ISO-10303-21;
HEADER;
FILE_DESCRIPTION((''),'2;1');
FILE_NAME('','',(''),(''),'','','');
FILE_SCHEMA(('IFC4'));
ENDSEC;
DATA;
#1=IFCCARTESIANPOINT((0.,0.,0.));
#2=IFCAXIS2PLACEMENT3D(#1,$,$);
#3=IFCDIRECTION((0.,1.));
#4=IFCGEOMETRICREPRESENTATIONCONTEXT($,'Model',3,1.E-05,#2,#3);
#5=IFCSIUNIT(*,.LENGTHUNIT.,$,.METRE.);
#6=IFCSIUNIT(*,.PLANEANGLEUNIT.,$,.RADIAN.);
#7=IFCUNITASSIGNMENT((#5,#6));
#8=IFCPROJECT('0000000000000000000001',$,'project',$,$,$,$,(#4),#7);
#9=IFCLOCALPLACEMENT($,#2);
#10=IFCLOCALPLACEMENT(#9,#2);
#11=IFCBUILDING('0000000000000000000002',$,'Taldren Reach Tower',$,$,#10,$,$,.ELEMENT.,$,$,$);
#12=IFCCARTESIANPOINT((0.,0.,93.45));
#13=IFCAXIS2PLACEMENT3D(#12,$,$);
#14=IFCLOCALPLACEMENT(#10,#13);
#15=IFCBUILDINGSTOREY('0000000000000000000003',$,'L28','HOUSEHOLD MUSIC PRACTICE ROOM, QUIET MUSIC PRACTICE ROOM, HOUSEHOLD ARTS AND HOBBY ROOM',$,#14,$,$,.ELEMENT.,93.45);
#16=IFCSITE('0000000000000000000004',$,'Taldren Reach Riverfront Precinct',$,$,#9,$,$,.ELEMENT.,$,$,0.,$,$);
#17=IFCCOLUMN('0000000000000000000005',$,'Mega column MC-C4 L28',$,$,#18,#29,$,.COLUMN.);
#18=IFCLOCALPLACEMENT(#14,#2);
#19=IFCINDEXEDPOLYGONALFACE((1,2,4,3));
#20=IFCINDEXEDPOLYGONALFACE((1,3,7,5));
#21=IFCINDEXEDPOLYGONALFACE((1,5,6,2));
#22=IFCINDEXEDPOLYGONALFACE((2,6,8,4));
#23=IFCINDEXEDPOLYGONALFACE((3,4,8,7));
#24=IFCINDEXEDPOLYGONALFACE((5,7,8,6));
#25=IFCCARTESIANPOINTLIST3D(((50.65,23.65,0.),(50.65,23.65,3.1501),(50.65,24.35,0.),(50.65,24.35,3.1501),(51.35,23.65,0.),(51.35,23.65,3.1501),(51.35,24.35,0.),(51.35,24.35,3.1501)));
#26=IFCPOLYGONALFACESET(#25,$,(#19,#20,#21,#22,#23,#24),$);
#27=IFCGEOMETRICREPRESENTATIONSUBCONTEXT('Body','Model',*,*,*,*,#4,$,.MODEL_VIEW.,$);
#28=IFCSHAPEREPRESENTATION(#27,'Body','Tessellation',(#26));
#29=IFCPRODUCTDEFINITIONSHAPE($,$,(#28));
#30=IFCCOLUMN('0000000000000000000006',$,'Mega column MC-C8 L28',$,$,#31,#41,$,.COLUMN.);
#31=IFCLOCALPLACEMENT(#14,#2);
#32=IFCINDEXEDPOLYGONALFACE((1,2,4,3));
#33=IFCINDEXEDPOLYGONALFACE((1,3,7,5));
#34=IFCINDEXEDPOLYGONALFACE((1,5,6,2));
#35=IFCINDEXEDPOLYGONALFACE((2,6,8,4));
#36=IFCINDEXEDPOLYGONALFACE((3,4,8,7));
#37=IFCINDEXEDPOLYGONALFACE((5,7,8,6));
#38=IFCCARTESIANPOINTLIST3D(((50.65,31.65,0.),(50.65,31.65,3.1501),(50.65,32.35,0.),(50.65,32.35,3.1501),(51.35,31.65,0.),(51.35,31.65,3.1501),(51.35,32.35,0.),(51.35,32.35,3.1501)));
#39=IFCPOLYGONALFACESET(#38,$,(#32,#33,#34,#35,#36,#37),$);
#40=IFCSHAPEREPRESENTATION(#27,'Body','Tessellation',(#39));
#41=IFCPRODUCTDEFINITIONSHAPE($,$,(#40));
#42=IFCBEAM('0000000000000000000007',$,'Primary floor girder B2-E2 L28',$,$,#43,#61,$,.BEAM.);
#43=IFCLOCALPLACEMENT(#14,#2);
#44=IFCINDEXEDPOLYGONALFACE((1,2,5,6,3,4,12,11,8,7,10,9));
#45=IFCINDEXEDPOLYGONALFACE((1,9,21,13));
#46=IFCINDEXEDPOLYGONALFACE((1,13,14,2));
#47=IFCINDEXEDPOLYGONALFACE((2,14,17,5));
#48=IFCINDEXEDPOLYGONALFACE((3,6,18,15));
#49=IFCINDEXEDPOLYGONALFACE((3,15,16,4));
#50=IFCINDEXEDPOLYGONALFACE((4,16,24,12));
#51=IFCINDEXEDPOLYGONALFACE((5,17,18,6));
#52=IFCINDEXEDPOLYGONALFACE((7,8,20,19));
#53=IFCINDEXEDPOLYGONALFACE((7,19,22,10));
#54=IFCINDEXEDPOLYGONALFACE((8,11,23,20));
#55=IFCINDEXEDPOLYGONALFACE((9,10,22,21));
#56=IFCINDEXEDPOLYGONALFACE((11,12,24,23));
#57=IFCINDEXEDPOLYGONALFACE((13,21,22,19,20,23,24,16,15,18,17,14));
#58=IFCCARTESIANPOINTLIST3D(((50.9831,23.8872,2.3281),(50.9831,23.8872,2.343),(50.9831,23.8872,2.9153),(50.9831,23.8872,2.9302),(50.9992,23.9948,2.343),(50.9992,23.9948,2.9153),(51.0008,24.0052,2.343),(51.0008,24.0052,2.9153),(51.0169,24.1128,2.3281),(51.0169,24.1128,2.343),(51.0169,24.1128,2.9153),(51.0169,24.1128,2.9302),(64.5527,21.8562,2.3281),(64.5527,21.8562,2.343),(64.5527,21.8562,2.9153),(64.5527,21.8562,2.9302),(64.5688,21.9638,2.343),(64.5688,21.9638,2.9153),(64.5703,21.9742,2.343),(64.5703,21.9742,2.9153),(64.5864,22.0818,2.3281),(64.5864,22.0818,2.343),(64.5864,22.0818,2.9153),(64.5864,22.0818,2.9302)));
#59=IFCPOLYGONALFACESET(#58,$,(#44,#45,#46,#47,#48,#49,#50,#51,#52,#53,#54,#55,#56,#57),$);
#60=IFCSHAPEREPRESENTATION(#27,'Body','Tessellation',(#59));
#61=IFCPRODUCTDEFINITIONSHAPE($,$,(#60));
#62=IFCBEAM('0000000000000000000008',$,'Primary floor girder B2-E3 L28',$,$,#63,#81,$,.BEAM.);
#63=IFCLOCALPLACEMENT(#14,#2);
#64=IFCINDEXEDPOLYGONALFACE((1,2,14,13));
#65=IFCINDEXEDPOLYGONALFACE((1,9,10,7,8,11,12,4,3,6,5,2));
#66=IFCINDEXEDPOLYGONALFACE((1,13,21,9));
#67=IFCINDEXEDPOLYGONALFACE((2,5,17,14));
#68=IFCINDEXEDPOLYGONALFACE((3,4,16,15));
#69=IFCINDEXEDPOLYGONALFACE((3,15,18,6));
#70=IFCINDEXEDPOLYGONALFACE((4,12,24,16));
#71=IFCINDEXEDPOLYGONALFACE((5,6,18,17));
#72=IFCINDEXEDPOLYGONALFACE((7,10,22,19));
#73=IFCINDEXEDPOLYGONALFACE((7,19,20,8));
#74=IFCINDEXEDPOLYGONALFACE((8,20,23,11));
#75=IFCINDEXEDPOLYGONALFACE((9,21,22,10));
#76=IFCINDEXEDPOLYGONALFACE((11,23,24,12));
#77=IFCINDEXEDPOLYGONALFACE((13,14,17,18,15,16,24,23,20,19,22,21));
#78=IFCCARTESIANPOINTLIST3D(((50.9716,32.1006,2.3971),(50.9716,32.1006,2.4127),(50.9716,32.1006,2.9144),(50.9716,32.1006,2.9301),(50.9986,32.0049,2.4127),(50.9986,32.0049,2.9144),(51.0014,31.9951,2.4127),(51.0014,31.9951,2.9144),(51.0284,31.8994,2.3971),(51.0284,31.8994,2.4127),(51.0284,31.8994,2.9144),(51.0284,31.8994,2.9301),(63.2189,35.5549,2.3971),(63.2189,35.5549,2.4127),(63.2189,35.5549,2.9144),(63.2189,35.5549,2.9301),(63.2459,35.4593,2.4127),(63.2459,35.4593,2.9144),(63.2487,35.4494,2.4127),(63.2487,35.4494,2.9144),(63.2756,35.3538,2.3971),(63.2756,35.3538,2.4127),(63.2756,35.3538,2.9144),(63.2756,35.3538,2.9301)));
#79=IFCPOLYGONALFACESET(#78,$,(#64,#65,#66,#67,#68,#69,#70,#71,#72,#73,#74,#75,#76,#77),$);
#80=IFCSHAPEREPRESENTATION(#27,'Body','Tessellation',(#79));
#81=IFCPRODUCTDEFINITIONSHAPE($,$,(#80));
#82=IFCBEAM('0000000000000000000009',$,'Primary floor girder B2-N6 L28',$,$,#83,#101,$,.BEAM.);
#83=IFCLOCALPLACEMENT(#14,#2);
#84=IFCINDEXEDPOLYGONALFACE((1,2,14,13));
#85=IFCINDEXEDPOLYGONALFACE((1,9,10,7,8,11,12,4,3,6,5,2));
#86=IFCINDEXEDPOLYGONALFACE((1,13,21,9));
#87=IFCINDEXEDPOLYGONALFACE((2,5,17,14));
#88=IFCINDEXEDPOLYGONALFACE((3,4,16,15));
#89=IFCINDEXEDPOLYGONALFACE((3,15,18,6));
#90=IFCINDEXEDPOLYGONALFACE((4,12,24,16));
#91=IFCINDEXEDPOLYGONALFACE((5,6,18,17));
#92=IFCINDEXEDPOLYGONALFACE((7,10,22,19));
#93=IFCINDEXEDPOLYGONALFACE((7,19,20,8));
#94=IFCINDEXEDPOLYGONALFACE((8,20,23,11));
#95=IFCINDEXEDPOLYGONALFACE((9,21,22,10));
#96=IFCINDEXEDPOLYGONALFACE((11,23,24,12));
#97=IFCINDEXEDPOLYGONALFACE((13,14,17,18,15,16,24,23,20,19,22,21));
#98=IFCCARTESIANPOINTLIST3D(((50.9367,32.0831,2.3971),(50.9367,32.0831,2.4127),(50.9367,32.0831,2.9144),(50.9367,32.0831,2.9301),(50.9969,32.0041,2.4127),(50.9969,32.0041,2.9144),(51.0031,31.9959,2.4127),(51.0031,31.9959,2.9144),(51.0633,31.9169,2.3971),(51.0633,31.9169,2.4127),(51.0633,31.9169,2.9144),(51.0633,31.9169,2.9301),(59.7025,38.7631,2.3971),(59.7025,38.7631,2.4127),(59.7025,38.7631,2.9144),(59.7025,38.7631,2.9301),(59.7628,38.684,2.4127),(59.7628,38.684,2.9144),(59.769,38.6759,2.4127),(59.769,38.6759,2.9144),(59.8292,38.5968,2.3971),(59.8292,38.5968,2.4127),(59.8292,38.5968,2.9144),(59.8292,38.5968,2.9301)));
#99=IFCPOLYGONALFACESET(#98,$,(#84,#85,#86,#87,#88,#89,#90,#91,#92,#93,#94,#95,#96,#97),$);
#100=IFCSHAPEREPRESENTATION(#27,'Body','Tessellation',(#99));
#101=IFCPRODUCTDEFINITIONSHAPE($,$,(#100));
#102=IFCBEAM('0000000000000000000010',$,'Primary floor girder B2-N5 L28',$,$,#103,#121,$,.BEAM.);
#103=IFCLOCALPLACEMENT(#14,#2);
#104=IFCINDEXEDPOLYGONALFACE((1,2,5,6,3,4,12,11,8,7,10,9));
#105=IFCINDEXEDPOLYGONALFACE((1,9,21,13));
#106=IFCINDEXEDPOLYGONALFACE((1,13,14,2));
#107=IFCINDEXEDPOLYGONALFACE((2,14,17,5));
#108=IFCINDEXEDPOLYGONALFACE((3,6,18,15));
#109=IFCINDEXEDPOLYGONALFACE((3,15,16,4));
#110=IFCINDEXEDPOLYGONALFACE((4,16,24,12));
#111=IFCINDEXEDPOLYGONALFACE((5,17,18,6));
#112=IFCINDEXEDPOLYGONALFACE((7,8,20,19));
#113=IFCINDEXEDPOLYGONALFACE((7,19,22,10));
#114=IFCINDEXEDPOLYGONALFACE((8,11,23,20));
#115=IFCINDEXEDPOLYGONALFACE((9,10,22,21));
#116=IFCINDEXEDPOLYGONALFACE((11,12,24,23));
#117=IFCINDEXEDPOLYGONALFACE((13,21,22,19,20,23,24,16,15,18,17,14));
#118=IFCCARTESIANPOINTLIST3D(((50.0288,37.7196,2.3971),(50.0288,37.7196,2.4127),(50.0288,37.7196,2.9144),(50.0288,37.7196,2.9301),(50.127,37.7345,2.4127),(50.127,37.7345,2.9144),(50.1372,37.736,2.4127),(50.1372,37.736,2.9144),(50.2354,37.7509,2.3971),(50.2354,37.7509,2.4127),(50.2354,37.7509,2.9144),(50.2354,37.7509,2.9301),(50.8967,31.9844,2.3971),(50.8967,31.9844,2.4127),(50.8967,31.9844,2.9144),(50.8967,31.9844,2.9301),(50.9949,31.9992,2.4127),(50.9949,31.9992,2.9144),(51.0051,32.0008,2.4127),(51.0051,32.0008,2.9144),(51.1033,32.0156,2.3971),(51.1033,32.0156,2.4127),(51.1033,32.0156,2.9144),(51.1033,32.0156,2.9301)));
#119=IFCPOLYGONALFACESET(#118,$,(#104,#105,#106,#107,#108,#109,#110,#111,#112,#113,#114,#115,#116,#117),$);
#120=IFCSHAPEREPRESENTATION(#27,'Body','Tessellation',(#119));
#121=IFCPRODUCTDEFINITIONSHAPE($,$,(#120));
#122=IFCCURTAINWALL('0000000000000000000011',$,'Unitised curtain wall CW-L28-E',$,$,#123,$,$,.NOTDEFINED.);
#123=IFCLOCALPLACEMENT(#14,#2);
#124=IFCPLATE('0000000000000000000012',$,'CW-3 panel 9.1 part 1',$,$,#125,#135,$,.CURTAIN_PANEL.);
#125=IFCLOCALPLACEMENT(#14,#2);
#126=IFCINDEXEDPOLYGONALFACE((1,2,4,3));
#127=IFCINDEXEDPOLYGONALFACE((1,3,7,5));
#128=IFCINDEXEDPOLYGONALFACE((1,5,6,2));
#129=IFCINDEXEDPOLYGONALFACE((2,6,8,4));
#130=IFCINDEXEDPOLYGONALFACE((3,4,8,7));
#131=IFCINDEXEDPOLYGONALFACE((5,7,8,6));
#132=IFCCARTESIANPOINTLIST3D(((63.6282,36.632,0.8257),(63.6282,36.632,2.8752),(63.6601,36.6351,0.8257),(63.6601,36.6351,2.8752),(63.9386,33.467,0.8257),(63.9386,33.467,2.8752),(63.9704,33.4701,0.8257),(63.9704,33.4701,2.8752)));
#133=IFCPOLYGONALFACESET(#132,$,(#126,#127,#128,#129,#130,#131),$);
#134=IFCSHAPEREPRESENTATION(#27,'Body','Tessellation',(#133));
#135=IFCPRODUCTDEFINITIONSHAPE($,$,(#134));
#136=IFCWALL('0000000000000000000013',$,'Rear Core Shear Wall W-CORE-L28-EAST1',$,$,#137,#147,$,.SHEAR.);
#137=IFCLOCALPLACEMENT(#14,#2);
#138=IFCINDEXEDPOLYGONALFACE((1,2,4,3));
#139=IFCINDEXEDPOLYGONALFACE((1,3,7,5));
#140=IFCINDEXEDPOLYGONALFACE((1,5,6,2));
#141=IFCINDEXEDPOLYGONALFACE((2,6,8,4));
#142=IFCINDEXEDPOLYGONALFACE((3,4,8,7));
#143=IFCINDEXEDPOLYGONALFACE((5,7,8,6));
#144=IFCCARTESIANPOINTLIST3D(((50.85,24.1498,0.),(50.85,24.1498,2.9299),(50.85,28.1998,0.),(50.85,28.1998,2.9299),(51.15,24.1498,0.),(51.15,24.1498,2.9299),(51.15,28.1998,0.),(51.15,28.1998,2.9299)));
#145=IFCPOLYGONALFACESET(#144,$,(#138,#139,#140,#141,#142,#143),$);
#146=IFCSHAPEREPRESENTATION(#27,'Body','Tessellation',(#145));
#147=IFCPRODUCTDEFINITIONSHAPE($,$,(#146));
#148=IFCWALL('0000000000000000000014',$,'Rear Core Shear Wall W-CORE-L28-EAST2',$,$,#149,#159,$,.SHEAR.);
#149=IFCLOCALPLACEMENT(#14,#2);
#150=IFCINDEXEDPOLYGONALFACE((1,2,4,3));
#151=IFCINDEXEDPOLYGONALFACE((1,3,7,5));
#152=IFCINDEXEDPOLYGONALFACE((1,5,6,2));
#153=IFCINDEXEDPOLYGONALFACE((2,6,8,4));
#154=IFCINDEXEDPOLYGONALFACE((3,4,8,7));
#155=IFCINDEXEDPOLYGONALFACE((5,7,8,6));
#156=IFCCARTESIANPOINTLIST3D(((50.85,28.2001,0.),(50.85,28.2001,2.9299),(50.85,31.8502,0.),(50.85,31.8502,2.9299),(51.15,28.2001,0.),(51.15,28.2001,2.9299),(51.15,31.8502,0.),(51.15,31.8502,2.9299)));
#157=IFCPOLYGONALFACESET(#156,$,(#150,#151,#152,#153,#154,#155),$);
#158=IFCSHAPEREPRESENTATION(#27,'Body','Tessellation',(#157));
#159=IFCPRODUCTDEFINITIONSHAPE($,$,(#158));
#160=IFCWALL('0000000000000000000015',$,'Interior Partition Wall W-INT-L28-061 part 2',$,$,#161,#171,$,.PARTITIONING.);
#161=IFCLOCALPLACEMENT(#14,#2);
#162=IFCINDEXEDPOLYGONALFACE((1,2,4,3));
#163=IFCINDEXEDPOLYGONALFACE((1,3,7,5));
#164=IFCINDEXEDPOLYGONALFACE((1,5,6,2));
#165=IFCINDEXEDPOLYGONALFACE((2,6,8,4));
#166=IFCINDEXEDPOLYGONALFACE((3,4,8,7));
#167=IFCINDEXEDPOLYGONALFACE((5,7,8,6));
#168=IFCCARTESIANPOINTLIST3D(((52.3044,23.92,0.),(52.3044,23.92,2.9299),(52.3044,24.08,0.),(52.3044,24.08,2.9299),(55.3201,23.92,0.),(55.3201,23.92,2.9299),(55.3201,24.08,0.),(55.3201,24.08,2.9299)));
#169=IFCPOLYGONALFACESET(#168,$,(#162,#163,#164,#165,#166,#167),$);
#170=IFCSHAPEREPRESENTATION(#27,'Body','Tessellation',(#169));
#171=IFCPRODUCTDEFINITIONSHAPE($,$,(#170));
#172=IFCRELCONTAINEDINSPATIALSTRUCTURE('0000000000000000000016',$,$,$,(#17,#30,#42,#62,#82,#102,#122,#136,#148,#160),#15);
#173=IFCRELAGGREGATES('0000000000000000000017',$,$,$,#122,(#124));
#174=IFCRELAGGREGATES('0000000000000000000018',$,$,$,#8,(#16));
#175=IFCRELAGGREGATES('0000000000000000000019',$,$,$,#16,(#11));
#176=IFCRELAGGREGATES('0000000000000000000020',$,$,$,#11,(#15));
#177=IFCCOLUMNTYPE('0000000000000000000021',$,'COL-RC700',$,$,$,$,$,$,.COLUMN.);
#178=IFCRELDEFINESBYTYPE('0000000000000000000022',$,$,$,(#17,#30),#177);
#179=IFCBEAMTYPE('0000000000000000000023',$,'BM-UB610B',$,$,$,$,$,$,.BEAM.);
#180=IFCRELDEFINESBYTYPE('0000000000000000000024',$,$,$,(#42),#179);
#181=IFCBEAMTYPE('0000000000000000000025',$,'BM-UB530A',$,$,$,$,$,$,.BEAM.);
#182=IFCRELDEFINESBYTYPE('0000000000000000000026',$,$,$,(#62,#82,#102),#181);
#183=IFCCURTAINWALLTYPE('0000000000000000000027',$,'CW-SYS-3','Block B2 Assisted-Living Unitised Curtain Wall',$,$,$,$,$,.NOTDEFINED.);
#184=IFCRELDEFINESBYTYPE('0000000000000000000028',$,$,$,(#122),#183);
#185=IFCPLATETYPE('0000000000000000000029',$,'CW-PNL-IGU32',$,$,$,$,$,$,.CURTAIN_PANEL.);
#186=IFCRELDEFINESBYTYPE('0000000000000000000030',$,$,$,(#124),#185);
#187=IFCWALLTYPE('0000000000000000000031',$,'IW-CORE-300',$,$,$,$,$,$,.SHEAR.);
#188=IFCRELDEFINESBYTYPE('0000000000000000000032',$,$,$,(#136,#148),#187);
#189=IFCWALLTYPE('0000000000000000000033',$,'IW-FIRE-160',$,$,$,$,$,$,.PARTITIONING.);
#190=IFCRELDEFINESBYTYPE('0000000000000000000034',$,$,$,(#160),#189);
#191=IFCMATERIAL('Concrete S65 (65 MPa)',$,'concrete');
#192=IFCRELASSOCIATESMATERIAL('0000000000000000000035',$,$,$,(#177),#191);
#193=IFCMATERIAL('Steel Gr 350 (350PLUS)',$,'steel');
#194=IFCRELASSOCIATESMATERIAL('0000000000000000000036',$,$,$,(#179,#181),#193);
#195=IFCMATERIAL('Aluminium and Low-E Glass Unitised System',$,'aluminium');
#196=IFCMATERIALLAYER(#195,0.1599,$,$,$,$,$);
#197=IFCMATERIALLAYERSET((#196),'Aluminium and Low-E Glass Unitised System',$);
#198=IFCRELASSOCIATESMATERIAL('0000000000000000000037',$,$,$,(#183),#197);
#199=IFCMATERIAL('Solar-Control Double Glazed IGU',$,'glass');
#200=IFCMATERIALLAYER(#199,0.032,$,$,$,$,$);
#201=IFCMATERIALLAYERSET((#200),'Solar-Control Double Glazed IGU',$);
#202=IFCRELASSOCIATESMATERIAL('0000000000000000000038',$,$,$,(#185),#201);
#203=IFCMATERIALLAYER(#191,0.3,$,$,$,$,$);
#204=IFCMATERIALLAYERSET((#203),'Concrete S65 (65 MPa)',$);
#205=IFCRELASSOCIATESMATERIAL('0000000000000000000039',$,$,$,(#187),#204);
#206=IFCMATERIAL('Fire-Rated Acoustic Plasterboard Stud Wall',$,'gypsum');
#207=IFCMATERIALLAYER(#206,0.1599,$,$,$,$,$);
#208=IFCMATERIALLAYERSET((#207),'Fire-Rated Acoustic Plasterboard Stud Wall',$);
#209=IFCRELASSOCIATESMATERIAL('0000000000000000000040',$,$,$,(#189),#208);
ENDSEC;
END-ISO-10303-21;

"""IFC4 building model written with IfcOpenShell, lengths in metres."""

from ifc_helpers import new_model, si_unit, direction, frame, frame_2d, origin, origin_2d, place, context, subcontext, project, spatial, rectangle, i_section, extrude, source, transform, mapped, material, layer, layer_set, material_profile, profile_set, type_object, element, aggregate, save


model = new_model("IFC4")

# Units and contexts
model_context = context("Model", 3, precision=1e-05, world=origin(), true_north=direction((0.0, 1.0)))
body_context = subcontext(model_context, "Body", "Model", "MODEL_VIEW")
ifc_project = project(units=[si_unit("LENGTHUNIT", "METRE"), si_unit("PLANEANGLEUNIT", "RADIAN")], contexts=[model_context])

# Site, building, storey
site_placement = place(None, origin())
site = spatial("IfcSite", under=ifc_project, at=site_placement, Name="Taldren Reach Riverfront Precinct", CompositionType="ELEMENT", RefElevation=0.0)
building_placement = place(site_placement, origin())
building = spatial("IfcBuilding", under=site, at=building_placement, Name="Taldren Reach Tower", CompositionType="ELEMENT")
storey_placement = place(building_placement, frame((0.0, 0.0, 93.45)))
storey = spatial("IfcBuildingStorey", under=building, at=storey_placement, Name="L28", Description="HOUSEHOLD MUSIC PRACTICE ROOM, QUIET MUSIC PRACTICE ROOM, HOUSEHOLD ARTS AND HOBBY ROOM", CompositionType="ELEMENT", Elevation=93.45)

# Columns
ifc_material_1 = material(Name="Concrete S65 (65 MPa)", Category="concrete")
ifc_material_profile_1 = material_profile(ifc_material_1, rectangle(XDim=0.7, YDim=0.7, at=origin_2d()), Name="RC-700x700")
ifc_profile_set_1 = profile_set([ifc_material_profile_1], Name="Concrete S65 (65 MPa)")
column_type = type_object("IfcColumnType", Name="COL-RC700", PredefinedType="COLUMN", material=ifc_profile_set_1)
shared_shape_1 = source(origin(), body_context, "Body", "SweptSolid", [
    extrude(rectangle(XDim=0.7, YDim=0.7, at=origin_2d()), origin(), (0.0, 0.0, 1.0), 3.1501),
])
for number, where, z_axis, x_axis, name in (
    (1, (51.0, 24.0, 0.0), (0.0, 0.0, 1.0), (1.0, 0.0, 0.0), "Mega column MC-C4 L28"),
    (2, (51.0, 32.0, 0.0), (0.0, 0.0, 1.0), (1.0, 0.0, 0.0), "Mega column MC-C8 L28"),
):
    element("IfcColumn", number, at=place(storey_placement, frame(where, z_axis=z_axis, x_axis=x_axis)), inside=storey, type_object=column_type, Name=name, PredefinedType="COLUMN", context=body_context, shape_type="MappedRepresentation", body=[
        mapped(shared_shape_1, transform((0.0, 0.0, 0.0), scale=1.0)),
    ])

# Beams
ifc_material_2 = material(Name="Steel Gr 350 (350PLUS)", Category="steel")
ifc_material_profile_2 = material_profile(ifc_material_2, i_section(OverallWidth=0.228, OverallDepth=0.6021, WebThickness=0.0105, FlangeThickness=0.0149, at=origin_2d()), Name="610UB101")
ifc_profile_set_2 = profile_set([ifc_material_profile_2], Name="Steel Gr 350 (350PLUS)")
beam_type_1 = type_object("IfcBeamType", Name="BM-UB610B", PredefinedType="BEAM", material=ifc_profile_set_2)
shared_shape_2 = source(origin(), body_context, "Body", "SweptSolid", [
    extrude(i_section(OverallWidth=0.228, OverallDepth=0.6021, WebThickness=0.0105, FlangeThickness=0.0149, at=origin_2d()), origin(), (0.0, 0.0, 1.0), 13.7207),
])
beam_1_placement = place(storey_placement, frame((51.0, 24.0, 2.6292), z_axis=(0.988984, -0.148025, 0.0), x_axis=(0.148025, 0.988984, 0.0)))
element("IfcBeam", 3, at=beam_1_placement, inside=storey, type_object=beam_type_1, Name="Primary floor girder B2-E2 L28", PredefinedType="BEAM", context=body_context, shape_type="MappedRepresentation", body=[
    mapped(shared_shape_2, transform((0.0, 0.0, 0.0), scale=1.0)),
])
ifc_material_profile_3 = material_profile(ifc_material_2, i_section(OverallWidth=0.209, OverallDepth=0.533, WebThickness=0.0103, FlangeThickness=0.0156, at=origin_2d()), Name="530UB92.4")
ifc_profile_set_3 = profile_set([ifc_material_profile_3], Name="Steel Gr 350 (350PLUS)")
beam_type_2 = type_object("IfcBeamType", Name="BM-UB530A", PredefinedType="BEAM", material=ifc_profile_set_3)
shared_shape_3 = source(origin(), body_context, "Body", "SweptSolid", [
    extrude(i_section(OverallWidth=0.209, OverallDepth=0.533, WebThickness=0.0103, FlangeThickness=0.0156, at=origin_2d()), origin(), (0.0, 0.0, 1.0), 12.7251),
])
beam_2_placement = place(storey_placement, frame((51.0, 32.0, 2.6636), z_axis=(0.96245, 0.271458, 0.0), x_axis=(-0.271458, 0.96245, 0.0)))
element("IfcBeam", 4, at=beam_2_placement, inside=storey, type_object=beam_type_2, Name="Primary floor girder B2-E3 L28", PredefinedType="BEAM", context=body_context, shape_type="MappedRepresentation", body=[
    mapped(shared_shape_3, transform((0.0, 0.0, 0.0), scale=1.0)),
])
shared_shape_4 = source(origin(), body_context, "Body", "SweptSolid", [
    extrude(i_section(OverallWidth=0.209, OverallDepth=0.533, WebThickness=0.0103, FlangeThickness=0.0156, at=origin_2d()), origin(), (0.0, 0.0, 1.0), 11.021),
])
beam_3_placement = place(storey_placement, frame((51.0, 32.0, 2.6636), z_axis=(0.79538, 0.606111, 0.0), x_axis=(-0.606111, 0.79538, 0.0)))
element("IfcBeam", 5, at=beam_3_placement, inside=storey, type_object=beam_type_2, Name="Primary floor girder B2-N6 L28", PredefinedType="BEAM", context=body_context, shape_type="MappedRepresentation", body=[
    mapped(shared_shape_4, transform((0.0, 0.0, 0.0), scale=1.0)),
])
shared_shape_5 = source(origin(), body_context, "Body", "SweptSolid", [
    extrude(i_section(OverallWidth=0.209, OverallDepth=0.533, WebThickness=0.0103, FlangeThickness=0.0156, at=origin_2d()), origin(), (0.0, 0.0, 1.0), 5.8005),
])
beam_4_placement = place(storey_placement, frame((51.0, 32.0, 2.6636), z_axis=(-0.149625, 0.988743, 0.0), x_axis=(-0.988743, -0.149625, 0.0)))
element("IfcBeam", 6, at=beam_4_placement, inside=storey, type_object=beam_type_2, Name="Primary floor girder B2-N5 L28", PredefinedType="BEAM", context=body_context, shape_type="MappedRepresentation", body=[
    mapped(shared_shape_5, transform((0.0, 0.0, 0.0), scale=1.0)),
])

# Curtain wall, plate
ifc_material_3 = material(Name="Aluminium and Low-E Glass Unitised System", Category="aluminium")
ifc_layer_1 = layer(ifc_material_3, 0.1599)
ifc_layer_set_1 = layer_set([ifc_layer_1], Name="Aluminium and Low-E Glass Unitised System")
curtain_wall_type = type_object("IfcCurtainWallType", Name="CW-SYS-3", Description="Block B2 Assisted-Living Unitised Curtain Wall", PredefinedType="NOTDEFINED", material=ifc_layer_set_1)
curtain_wall_placement = place(storey_placement, origin())
curtain_wall = element("IfcCurtainWall", 7, at=curtain_wall_placement, inside=storey, type_object=curtain_wall_type, Name="Unitised curtain wall CW-L28-E", PredefinedType="NOTDEFINED")
ifc_material_4 = material(Name="Solar-Control Double Glazed IGU", Category="glass")
ifc_layer_2 = layer(ifc_material_4, 0.032)
ifc_layer_set_2 = layer_set([ifc_layer_2], Name="Solar-Control Double Glazed IGU")
plate_type = type_object("IfcPlateType", Name="CW-PNL-IGU32", PredefinedType="CURTAIN_PANEL", material=ifc_layer_set_2)
shared_shape_6 = source(origin(), body_context, "Body", "SweptSolid", [
    extrude(rectangle(XDim=3.1802, YDim=0.032, at=origin_2d()), origin(), (0.0, 0.0, 1.0), 2.0496),
])
plate_placement = place(storey_placement, frame((63.7993, 35.051, 0.8257), z_axis=(0.0, 0.0, 1.0), x_axis=(-0.097583, 0.995227, 0.0)))
plate = element("IfcPlate", 8, at=plate_placement, type_object=plate_type, Name="CW-3 panel 9.1 part 1", PredefinedType="CURTAIN_PANEL", context=body_context, shape_type="MappedRepresentation", body=[
    mapped(shared_shape_6, transform((0.0, 0.0, 0.0), scale=1.0)),
])
aggregate(curtain_wall, [plate])

# Walls
ifc_layer_3 = layer(ifc_material_1, 0.3)
ifc_layer_set_3 = layer_set([ifc_layer_3], Name="Concrete S65 (65 MPa)")
wall_type_1 = type_object("IfcWallType", Name="IW-CORE-300", PredefinedType="SHEAR", material=ifc_layer_set_3)
shared_shape_7 = source(origin(), body_context, "Body", "SweptSolid", [
    extrude(rectangle(XDim=4.05, YDim=0.3, at=frame_2d((2.0249, 0.0))), origin(), (0.0, 0.0, 1.0), 2.9299),
])
wall_1_placement = place(storey_placement, frame((51.0, 24.1499, 0.0), z_axis=(0.0, 0.0, 1.0), x_axis=(0.0, 1.0, 0.0)))
element("IfcWall", 9, at=wall_1_placement, inside=storey, type_object=wall_type_1, Name="Rear Core Shear Wall W-CORE-L28-EAST1", PredefinedType="SHEAR", context=body_context, shape_type="MappedRepresentation", body=[
    mapped(shared_shape_7, transform((0.0, 0.0, 0.0), scale=1.0)),
])
shared_shape_8 = source(origin(), body_context, "Body", "SweptSolid", [
    extrude(rectangle(XDim=3.6501, YDim=0.3, at=frame_2d((1.8252, 0.0))), origin(), (0.0, 0.0, 1.0), 2.9299),
])
wall_2_placement = place(storey_placement, frame((51.0, 28.2, 0.0), z_axis=(0.0, 0.0, 1.0), x_axis=(0.0, 1.0, 0.0)))
element("IfcWall", 10, at=wall_2_placement, inside=storey, type_object=wall_type_1, Name="Rear Core Shear Wall W-CORE-L28-EAST2", PredefinedType="SHEAR", context=body_context, shape_type="MappedRepresentation", body=[
    mapped(shared_shape_8, transform((0.0, 0.0, 0.0), scale=1.0)),
])
ifc_material_5 = material(Name="Fire-Rated Acoustic Plasterboard Stud Wall", Category="gypsum")
ifc_layer_4 = layer(ifc_material_5, 0.1599)
ifc_layer_set_4 = layer_set([ifc_layer_4], Name="Fire-Rated Acoustic Plasterboard Stud Wall")
wall_type_2 = type_object("IfcWallType", Name="IW-FIRE-160", PredefinedType="PARTITIONING", material=ifc_layer_set_4)
shared_shape_9 = source(origin(), body_context, "Body", "SweptSolid", [
    extrude(rectangle(XDim=3.0156, YDim=0.1599, at=frame_2d((1.5078, 0.0))), origin(), (0.0, 0.0, 1.0), 2.9299),
])
wall_3_placement = place(storey_placement, frame((52.3044, 24.0, 0.0), z_axis=(0.0, 0.0, 1.0), x_axis=(1.0, 0.0, 0.0)))
element("IfcWall", 11, at=wall_3_placement, inside=storey, type_object=wall_type_2, Name="Interior Partition Wall W-INT-L28-061 part 2", PredefinedType="PARTITIONING", context=body_context, shape_type="MappedRepresentation", body=[
    mapped(shared_shape_9, transform((0.0, 0.0, 0.0), scale=1.0)),
])

save(model, "model.ifc")
